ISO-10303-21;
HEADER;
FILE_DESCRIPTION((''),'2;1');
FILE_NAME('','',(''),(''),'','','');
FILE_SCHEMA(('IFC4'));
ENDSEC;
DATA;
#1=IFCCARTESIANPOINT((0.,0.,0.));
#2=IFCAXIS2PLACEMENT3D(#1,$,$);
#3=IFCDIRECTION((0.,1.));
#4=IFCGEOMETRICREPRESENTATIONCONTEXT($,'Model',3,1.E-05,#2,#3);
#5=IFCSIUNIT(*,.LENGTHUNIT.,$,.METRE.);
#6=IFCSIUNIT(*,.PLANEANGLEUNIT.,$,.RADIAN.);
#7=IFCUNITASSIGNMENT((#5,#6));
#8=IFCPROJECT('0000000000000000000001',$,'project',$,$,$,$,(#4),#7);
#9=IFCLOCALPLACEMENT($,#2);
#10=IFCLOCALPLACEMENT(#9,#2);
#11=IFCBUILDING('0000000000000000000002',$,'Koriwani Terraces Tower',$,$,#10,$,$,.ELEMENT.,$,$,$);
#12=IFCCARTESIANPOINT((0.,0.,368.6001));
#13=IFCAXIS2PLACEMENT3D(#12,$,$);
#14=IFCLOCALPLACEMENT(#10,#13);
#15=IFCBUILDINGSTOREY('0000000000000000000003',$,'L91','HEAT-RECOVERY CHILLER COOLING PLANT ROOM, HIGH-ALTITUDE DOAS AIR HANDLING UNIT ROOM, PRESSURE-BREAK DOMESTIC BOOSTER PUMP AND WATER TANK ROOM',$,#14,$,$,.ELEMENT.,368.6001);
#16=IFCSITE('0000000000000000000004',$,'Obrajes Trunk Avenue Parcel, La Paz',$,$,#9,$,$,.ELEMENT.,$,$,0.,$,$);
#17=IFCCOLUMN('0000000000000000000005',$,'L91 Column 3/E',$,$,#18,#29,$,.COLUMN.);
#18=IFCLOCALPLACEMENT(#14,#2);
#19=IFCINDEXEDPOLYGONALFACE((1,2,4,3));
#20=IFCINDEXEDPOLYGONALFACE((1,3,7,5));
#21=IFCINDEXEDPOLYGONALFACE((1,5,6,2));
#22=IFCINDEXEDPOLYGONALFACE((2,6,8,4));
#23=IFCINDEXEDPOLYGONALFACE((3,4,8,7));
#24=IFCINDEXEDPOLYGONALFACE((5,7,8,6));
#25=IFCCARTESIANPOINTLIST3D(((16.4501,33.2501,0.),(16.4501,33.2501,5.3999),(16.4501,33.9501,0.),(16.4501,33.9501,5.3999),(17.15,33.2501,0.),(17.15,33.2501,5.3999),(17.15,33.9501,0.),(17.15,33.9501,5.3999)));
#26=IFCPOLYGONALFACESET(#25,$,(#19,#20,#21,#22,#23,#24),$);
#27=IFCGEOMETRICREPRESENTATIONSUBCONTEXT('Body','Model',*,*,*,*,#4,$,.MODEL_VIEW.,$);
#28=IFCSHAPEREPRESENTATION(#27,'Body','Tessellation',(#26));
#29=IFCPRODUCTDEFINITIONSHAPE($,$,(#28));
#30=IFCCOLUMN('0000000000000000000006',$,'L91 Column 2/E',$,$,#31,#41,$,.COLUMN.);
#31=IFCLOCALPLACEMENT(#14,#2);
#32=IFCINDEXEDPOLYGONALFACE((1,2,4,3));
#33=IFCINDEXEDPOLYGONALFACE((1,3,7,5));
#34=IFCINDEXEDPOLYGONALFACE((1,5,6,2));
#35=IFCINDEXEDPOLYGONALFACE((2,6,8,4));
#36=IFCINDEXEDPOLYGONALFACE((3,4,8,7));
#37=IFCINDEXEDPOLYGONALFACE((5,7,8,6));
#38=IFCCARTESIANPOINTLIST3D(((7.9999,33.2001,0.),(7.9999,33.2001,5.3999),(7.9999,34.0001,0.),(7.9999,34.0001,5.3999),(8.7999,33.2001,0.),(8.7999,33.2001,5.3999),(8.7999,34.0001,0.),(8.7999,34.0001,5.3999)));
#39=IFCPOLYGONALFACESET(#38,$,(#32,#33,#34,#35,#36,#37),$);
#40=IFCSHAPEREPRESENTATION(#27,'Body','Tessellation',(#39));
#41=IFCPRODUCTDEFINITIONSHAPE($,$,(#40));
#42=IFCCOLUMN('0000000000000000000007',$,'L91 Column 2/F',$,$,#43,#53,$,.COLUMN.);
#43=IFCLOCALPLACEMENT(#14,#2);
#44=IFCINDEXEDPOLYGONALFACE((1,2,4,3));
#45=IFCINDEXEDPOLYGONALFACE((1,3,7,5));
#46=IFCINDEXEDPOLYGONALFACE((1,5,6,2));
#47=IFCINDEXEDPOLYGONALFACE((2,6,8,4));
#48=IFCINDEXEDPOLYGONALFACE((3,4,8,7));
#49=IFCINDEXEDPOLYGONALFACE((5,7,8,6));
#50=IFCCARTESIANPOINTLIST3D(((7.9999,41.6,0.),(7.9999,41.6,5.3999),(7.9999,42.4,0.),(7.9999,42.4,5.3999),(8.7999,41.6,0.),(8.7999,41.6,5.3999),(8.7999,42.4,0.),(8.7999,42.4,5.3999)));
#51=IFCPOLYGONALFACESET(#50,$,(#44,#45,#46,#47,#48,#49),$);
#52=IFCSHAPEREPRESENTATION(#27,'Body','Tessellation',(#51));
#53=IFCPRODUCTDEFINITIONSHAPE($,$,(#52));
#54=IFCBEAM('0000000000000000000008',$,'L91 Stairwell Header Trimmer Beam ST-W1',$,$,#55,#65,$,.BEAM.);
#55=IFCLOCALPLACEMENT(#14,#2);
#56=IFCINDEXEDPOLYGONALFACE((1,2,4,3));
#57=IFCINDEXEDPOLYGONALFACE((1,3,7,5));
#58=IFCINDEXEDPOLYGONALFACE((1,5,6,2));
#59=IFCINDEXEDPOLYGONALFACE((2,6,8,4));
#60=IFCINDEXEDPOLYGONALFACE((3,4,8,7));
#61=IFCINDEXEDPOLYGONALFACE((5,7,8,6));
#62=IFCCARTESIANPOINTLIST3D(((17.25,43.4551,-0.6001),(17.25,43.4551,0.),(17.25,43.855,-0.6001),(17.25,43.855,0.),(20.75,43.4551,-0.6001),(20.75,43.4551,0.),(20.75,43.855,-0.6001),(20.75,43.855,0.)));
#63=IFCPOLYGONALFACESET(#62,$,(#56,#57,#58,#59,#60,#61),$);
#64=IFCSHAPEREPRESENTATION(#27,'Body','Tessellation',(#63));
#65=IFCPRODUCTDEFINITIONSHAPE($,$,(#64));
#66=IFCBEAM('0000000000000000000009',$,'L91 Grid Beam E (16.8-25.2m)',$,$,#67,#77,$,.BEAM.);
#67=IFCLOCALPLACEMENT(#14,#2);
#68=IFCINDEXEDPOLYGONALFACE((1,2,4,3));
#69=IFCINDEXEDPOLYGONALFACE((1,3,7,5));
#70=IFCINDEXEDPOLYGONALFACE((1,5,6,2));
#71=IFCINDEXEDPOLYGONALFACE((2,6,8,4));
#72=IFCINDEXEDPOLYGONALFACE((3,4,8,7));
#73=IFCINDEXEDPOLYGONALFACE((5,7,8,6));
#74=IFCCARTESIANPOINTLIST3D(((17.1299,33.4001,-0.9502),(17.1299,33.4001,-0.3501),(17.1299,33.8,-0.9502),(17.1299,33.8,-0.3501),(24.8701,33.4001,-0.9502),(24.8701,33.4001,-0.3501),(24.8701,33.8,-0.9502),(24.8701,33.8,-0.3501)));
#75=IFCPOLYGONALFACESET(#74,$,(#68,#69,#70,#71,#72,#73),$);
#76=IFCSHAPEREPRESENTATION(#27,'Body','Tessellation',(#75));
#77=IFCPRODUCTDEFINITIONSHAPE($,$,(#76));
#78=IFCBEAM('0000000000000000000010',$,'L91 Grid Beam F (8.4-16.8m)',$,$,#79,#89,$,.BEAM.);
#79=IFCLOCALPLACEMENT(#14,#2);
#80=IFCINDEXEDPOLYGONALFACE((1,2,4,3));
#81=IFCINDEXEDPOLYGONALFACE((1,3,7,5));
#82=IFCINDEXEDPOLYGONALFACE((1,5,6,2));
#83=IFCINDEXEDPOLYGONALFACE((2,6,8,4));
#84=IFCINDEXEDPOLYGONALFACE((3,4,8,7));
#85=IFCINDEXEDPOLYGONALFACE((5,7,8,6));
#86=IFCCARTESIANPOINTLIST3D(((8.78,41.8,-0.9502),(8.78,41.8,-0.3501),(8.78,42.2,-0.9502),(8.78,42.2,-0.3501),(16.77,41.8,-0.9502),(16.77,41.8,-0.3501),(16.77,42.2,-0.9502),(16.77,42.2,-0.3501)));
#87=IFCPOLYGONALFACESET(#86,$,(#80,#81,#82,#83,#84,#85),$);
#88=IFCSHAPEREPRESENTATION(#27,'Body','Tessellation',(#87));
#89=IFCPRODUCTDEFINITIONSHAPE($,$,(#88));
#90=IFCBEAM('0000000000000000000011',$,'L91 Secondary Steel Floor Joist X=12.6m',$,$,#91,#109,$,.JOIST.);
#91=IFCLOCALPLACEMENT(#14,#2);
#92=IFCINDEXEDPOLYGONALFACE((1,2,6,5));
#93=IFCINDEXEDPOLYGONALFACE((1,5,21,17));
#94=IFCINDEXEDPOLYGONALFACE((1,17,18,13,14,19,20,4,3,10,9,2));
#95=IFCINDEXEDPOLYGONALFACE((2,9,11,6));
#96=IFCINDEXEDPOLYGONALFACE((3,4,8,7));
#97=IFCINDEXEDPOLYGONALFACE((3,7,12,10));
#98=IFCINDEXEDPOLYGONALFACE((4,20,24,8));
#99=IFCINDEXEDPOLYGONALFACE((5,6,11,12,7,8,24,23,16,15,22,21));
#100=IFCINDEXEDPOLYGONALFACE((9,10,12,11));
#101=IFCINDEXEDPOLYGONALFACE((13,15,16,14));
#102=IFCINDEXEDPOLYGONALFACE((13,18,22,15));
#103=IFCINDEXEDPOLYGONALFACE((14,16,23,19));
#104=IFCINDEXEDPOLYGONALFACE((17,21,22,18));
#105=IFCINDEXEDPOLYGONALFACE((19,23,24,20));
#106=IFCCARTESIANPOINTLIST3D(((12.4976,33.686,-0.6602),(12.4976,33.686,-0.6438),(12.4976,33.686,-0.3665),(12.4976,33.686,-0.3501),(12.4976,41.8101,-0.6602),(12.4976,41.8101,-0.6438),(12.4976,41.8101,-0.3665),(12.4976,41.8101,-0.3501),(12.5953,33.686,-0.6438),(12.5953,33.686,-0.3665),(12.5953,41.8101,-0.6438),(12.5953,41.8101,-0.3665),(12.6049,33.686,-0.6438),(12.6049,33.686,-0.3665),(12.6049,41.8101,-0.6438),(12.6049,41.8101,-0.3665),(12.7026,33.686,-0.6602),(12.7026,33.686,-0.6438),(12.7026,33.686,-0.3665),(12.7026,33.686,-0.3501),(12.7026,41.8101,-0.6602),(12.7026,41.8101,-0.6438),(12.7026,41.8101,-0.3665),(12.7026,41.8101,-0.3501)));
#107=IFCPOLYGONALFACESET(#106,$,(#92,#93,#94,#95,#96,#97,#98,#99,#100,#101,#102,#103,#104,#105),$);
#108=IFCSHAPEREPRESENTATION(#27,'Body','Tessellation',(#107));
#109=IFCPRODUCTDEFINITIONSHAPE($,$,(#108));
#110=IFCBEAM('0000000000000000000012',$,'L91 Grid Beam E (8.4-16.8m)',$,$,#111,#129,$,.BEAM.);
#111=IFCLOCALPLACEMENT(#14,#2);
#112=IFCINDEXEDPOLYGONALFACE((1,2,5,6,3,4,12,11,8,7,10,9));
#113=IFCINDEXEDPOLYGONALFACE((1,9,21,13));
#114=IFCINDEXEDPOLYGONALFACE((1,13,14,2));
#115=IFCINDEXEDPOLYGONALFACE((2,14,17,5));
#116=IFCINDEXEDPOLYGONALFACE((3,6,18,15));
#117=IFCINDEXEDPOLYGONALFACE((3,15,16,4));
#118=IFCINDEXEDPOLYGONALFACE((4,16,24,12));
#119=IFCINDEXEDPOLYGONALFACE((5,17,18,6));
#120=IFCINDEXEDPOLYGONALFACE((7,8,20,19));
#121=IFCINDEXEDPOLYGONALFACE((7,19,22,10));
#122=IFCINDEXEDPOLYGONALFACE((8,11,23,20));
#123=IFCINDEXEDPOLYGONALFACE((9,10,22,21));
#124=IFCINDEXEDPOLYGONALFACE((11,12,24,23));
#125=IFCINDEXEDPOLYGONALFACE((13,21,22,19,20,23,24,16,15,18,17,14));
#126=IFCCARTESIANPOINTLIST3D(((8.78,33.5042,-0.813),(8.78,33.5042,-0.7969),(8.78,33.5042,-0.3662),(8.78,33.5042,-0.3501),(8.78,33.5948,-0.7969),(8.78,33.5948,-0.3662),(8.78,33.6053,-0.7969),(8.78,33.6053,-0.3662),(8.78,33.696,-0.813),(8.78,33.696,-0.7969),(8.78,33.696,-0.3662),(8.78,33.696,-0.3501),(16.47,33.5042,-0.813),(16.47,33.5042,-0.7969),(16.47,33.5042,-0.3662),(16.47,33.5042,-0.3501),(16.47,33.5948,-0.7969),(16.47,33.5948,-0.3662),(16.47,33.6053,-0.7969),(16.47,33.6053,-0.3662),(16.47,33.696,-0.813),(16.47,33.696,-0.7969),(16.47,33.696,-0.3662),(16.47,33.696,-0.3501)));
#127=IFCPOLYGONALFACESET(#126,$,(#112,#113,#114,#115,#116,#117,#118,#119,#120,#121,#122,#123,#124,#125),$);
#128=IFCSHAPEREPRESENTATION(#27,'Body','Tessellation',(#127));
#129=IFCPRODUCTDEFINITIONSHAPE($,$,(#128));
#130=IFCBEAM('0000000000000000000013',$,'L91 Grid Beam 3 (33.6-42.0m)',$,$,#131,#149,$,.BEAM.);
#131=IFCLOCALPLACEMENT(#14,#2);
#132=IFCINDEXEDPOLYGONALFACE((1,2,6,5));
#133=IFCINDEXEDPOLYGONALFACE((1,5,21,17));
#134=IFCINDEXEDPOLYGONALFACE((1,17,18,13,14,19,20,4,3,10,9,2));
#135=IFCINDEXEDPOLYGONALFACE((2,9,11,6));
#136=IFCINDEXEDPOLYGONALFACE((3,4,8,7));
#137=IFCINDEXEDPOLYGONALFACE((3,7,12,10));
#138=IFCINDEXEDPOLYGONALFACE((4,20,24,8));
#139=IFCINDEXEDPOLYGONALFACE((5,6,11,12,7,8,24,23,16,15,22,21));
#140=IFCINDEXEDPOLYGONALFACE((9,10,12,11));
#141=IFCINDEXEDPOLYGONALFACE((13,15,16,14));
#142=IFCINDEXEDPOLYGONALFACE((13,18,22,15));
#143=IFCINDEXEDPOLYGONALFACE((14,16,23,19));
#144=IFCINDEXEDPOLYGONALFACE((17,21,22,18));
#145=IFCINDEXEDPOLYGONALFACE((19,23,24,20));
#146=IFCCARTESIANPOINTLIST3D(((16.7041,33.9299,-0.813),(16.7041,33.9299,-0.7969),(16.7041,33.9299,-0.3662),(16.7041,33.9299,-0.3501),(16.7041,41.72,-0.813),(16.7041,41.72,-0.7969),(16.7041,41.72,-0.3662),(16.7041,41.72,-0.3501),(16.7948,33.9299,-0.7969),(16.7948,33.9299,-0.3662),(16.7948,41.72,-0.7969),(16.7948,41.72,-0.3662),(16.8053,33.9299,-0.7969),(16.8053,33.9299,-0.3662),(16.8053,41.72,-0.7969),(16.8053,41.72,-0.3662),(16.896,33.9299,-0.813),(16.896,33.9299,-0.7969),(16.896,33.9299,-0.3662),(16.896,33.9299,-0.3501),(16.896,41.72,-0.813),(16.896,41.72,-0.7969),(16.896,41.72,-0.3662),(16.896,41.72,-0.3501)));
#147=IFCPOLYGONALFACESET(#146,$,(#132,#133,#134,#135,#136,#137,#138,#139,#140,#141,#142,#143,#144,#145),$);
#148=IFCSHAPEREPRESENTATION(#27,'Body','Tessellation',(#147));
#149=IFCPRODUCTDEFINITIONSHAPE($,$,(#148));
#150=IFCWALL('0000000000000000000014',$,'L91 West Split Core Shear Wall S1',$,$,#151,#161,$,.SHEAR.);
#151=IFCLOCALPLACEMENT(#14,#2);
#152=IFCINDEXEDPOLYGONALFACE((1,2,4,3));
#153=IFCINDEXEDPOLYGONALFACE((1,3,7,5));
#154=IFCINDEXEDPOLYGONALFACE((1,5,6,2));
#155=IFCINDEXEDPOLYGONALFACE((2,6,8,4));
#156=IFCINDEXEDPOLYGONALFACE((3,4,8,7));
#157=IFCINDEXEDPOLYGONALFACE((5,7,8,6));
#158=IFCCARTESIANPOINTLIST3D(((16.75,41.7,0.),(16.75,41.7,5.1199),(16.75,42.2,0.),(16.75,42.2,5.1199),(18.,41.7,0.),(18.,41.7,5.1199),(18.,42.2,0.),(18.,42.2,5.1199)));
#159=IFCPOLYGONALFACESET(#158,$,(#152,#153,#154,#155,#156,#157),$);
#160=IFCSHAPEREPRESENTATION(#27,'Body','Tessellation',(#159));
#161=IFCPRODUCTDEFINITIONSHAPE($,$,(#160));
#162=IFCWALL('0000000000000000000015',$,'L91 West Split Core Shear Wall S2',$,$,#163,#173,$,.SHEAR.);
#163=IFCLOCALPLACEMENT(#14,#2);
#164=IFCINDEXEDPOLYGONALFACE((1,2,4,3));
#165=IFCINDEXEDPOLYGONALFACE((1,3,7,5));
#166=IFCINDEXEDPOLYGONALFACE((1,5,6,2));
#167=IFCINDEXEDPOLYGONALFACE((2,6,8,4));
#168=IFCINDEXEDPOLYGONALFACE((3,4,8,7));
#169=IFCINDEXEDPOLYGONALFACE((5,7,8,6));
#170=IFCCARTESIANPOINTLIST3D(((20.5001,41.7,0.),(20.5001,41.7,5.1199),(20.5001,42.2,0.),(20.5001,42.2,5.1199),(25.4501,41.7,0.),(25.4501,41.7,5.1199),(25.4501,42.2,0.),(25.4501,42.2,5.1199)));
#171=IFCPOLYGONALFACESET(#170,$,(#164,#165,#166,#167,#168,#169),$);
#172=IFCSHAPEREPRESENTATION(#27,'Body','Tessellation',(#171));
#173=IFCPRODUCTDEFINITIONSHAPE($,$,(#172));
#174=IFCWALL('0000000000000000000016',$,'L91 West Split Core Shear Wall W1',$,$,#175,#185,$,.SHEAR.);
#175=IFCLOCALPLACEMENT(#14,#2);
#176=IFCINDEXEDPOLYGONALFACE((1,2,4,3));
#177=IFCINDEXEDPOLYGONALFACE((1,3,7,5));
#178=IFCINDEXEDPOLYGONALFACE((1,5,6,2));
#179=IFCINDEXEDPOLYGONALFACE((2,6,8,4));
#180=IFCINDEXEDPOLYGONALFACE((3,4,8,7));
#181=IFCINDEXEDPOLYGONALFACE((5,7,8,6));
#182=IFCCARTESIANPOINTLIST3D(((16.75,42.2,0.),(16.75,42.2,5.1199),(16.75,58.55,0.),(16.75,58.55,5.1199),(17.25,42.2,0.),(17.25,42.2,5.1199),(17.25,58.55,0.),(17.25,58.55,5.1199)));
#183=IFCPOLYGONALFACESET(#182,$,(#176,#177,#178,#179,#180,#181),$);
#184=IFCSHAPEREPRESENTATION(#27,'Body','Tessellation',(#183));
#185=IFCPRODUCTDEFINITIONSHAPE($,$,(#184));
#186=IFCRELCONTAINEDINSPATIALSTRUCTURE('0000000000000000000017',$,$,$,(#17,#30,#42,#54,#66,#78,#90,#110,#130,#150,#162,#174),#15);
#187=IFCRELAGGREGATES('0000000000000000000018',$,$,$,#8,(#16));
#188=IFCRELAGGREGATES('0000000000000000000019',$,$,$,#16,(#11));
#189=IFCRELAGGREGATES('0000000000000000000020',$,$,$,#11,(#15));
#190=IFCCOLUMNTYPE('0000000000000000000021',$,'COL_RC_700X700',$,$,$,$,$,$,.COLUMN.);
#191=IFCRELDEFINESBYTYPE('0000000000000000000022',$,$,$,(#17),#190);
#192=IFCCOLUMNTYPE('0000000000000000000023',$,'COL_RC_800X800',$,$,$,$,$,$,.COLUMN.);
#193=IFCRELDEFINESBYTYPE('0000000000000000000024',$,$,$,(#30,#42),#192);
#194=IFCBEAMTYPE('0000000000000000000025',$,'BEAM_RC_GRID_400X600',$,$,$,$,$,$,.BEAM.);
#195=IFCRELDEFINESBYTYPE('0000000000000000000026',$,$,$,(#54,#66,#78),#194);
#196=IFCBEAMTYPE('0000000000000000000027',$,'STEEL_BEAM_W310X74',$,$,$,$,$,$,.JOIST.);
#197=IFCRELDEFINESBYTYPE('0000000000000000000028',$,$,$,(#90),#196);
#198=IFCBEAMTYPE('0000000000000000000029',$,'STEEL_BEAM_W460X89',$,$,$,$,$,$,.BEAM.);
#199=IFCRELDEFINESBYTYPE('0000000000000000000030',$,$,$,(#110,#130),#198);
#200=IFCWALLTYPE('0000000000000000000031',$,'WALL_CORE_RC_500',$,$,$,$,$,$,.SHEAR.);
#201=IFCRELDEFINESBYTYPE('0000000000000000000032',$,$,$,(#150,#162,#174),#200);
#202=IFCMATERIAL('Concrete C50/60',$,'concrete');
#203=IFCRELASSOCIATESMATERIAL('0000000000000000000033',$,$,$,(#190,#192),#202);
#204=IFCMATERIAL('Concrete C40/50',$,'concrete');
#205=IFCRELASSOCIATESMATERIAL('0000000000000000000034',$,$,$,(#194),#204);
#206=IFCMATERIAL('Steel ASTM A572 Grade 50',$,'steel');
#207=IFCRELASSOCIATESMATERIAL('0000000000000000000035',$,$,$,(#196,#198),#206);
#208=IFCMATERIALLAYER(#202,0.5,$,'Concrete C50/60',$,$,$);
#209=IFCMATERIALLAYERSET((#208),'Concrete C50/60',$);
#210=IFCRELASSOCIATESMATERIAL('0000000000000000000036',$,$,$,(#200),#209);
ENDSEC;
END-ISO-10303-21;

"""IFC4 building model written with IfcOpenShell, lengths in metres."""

from ifc_helpers import new_model, si_unit, direction, frame, frame_2d, origin, origin_2d, place, context, subcontext, project, spatial, rectangle, i_section, extrude, material, layer, layer_set, material_profile, profile_set, type_object, element, save


model = new_model("IFC4")

# Units and contexts
model_context = context("Model", 3, precision=1e-05, world=origin(), true_north=direction((0.0, 1.0)))
body_context = subcontext(model_context, "Body", "Model", "MODEL_VIEW")
ifc_project = project(units=[si_unit("LENGTHUNIT", "METRE"), si_unit("PLANEANGLEUNIT", "RADIAN")], contexts=[model_context])

# Site, building, storey
site_placement = place(None, origin())
site = spatial("IfcSite", under=ifc_project, at=site_placement, Name="Obrajes Trunk Avenue Parcel, La Paz", CompositionType="ELEMENT", RefElevation=0.0)
building_placement = place(site_placement, origin())
building = spatial("IfcBuilding", under=site, at=building_placement, Name="Koriwani Terraces Tower", CompositionType="ELEMENT")
storey_placement = place(building_placement, frame((0.0, 0.0, 368.6001)))
storey = spatial("IfcBuildingStorey", under=building, at=storey_placement, Name="L91", Description="HEAT-RECOVERY CHILLER COOLING PLANT ROOM, HIGH-ALTITUDE DOAS AIR HANDLING UNIT ROOM, PRESSURE-BREAK DOMESTIC BOOSTER PUMP AND WATER TANK ROOM", CompositionType="ELEMENT", Elevation=368.6001)

# Columns
ifc_material_1 = material(Name="Concrete C50/60", Category="concrete")
ifc_material_profile_1 = material_profile(ifc_material_1, rectangle(XDim=0.7, YDim=0.7, at=origin_2d()), Name="Concrete C50/60", Category="LoadBearing")
ifc_profile_set_1 = profile_set([ifc_material_profile_1], Name="Concrete C50/60")
column_type_1 = type_object("IfcColumnType", Name="COL_RC_700X700", PredefinedType="COLUMN", material=ifc_profile_set_1)
column_placement = place(storey_placement, frame((16.8, 33.6001, 0.0), z_axis=(0.0, 0.0, 1.0), x_axis=(1.0, 0.0, 0.0)))
element("IfcColumn", 1, at=column_placement, inside=storey, type_object=column_type_1, Name="L91 Column 3/E", PredefinedType="COLUMN", context=body_context, shape_type="SweptSolid", body=[
    extrude(rectangle(XDim=0.7, YDim=0.7, at=origin_2d()), origin(), (0.0, 0.0, 1.0), 5.3999),
])
ifc_material_profile_2 = material_profile(ifc_material_1, rectangle(XDim=0.8, YDim=0.8, at=origin_2d()), Name="Concrete C50/60", Category="LoadBearing")
ifc_profile_set_2 = profile_set([ifc_material_profile_2], Name="Concrete C50/60")
column_type_2 = type_object("IfcColumnType", Name="COL_RC_800X800", PredefinedType="COLUMN", material=ifc_profile_set_2)
for number, where, z_axis, x_axis, name in (
    (2, (8.3999, 33.6001, 0.0), (0.0, 0.0, 1.0), (1.0, 0.0, 0.0), "L91 Column 2/E"),
    (3, (8.3999, 42.0, 0.0), (0.0, 0.0, 1.0), (1.0, 0.0, 0.0), "L91 Column 2/F"),
):
    element("IfcColumn", number, at=place(storey_placement, frame(where, z_axis=z_axis, x_axis=x_axis)), inside=storey, type_object=column_type_2, Name=name, PredefinedType="COLUMN", context=body_context, shape_type="SweptSolid", body=[
        extrude(rectangle(XDim=0.8, YDim=0.8, at=origin_2d()), origin(), (0.0, 0.0, 1.0), 5.3999),
    ])

# Beams
ifc_material_2 = material(Name="Concrete C40/50", Category="concrete")
ifc_material_profile_3 = material_profile(ifc_material_2, rectangle(XDim=0.3999, YDim=0.6001, at=origin_2d()), Name="Concrete C40/50", Category="LoadBearing")
ifc_profile_set_3 = profile_set([ifc_material_profile_3], Name="Concrete C40/50")
beam_type_1 = type_object("IfcBeamType", Name="BEAM_RC_GRID_400X600", PredefinedType="BEAM", material=ifc_profile_set_3)
beam_1_placement = place(storey_placement, frame((17.25, 43.655, -0.3), z_axis=(1.0, 0.0, 0.0), x_axis=(0.0, 1.0, 0.0)))
element("IfcBeam", 4, at=beam_1_placement, inside=storey, type_object=beam_type_1, Name="L91 Stairwell Header Trimmer Beam ST-W1", PredefinedType="BEAM", context=body_context, shape_type="SweptSolid", body=[
    extrude(rectangle(XDim=0.3999, YDim=0.6001, at=origin_2d()), origin(), (0.0, 0.0, 1.0), 3.5),
])
beam_2_placement = place(storey_placement, frame((17.1299, 33.6001, -0.6501), z_axis=(1.0, 0.0, 0.0), x_axis=(0.0, 1.0, 0.0)))
element("IfcBeam", 5, at=beam_2_placement, inside=storey, type_object=beam_type_1, Name="L91 Grid Beam E (16.8-25.2m)", PredefinedType="BEAM", context=body_context, shape_type="SweptSolid", body=[
    extrude(rectangle(XDim=0.3999, YDim=0.6001, at=origin_2d()), origin(), (0.0, 0.0, 1.0), 7.7402),
])
beam_3_placement = place(storey_placement, frame((8.78, 42.0, -0.6501), z_axis=(1.0, 0.0, 0.0), x_axis=(0.0, 1.0, 0.0)))
element("IfcBeam", 6, at=beam_3_placement, inside=storey, type_object=beam_type_1, Name="L91 Grid Beam F (8.4-16.8m)", PredefinedType="BEAM", context=body_context, shape_type="SweptSolid", body=[
    extrude(rectangle(XDim=0.3999, YDim=0.6001, at=origin_2d()), origin(), (0.0, 0.0, 1.0), 7.99),
])
ifc_material_3 = material(Name="Steel ASTM A572 Grade 50", Category="steel")
ifc_material_profile_4 = material_profile(ifc_material_3, i_section(OverallWidth=0.2051, OverallDepth=0.3101, WebThickness=0.0095, FlangeThickness=0.0164, at=origin_2d()), Name="Steel ASTM A572 Grade 50", Category="LoadBearing")
ifc_profile_set_4 = profile_set([ifc_material_profile_4], Name="Steel ASTM A572 Grade 50")
beam_type_2 = type_object("IfcBeamType", Name="STEEL_BEAM_W310X74", PredefinedType="JOIST", material=ifc_profile_set_4)
beam_4_placement = place(storey_placement, frame((12.6001, 33.686, -0.5051), z_axis=(0.0, 1.0, 0.0), x_axis=(-1.0, 0.0, 0.0)))
element("IfcBeam", 7, at=beam_4_placement, inside=storey, type_object=beam_type_2, Name="L91 Secondary Steel Floor Joist X=12.6m", PredefinedType="JOIST", context=body_context, shape_type="SweptSolid", body=[
    extrude(i_section(OverallWidth=0.2051, OverallDepth=0.3101, WebThickness=0.0095, FlangeThickness=0.0164, at=origin_2d()), origin(), (0.0, 0.0, 1.0), 8.124),
])
ifc_material_profile_5 = material_profile(ifc_material_3, i_section(OverallWidth=0.1919, OverallDepth=0.4629, WebThickness=0.0105, FlangeThickness=0.0161, at=origin_2d()), Name="Steel ASTM A572 Grade 50", Category="LoadBearing")
ifc_profile_set_5 = profile_set([ifc_material_profile_5], Name="Steel ASTM A572 Grade 50")
beam_type_3 = type_object("IfcBeamType", Name="STEEL_BEAM_W460X89", PredefinedType="BEAM", material=ifc_profile_set_5)
beam_5_placement = place(storey_placement, frame((8.78, 33.6001, -0.5815), z_axis=(1.0, 0.0, 0.0), x_axis=(0.0, 1.0, 0.0)))
element("IfcBeam", 8, at=beam_5_placement, inside=storey, type_object=beam_type_3, Name="L91 Grid Beam E (8.4-16.8m)", PredefinedType="BEAM", context=body_context, shape_type="SweptSolid", body=[
    extrude(i_section(OverallWidth=0.1919, OverallDepth=0.4629, WebThickness=0.0105, FlangeThickness=0.0161, at=origin_2d()), origin(), (0.0, 0.0, 1.0), 7.6899),
])
beam_6_placement = place(storey_placement, frame((16.8, 33.9299, -0.5815), z_axis=(0.0, 1.0, 0.0), x_axis=(-1.0, 0.0, 0.0)))
element("IfcBeam", 9, at=beam_6_placement, inside=storey, type_object=beam_type_3, Name="L91 Grid Beam 3 (33.6-42.0m)", PredefinedType="BEAM", context=body_context, shape_type="SweptSolid", body=[
    extrude(i_section(OverallWidth=0.1919, OverallDepth=0.4629, WebThickness=0.0105, FlangeThickness=0.0161, at=origin_2d()), origin(), (0.0, 0.0, 1.0), 7.79),
])

# Walls
ifc_layer_1 = layer(ifc_material_1, 0.5, Name="Concrete C50/60")
ifc_layer_set_1 = layer_set([ifc_layer_1], Name="Concrete C50/60")
wall_type_1 = type_object("IfcWallType", Name="WALL_CORE_RC_500", PredefinedType="SHEAR", material=ifc_layer_set_1)
wall_1_placement = place(storey_placement, frame((16.75, 41.95, 0.0), z_axis=(0.0, 0.0, 1.0), x_axis=(1.0, 0.0, 0.0)))
element("IfcWall", 10, at=wall_1_placement, inside=storey, type_object=wall_type_1, Name="L91 West Split Core Shear Wall S1", PredefinedType="SHEAR", context=body_context, shape_type="SweptSolid", body=[
    extrude(rectangle(XDim=1.25, YDim=0.5, at=frame_2d((0.625, 0.0))), origin(), (0.0, 0.0, 1.0), 5.1199),
])
wall_2_placement = place(storey_placement, frame((20.5, 41.95, 0.0), z_axis=(0.0, 0.0, 1.0), x_axis=(1.0, 0.0, 0.0)))
element("IfcWall", 11, at=wall_2_placement, inside=storey, type_object=wall_type_1, Name="L91 West Split Core Shear Wall S2", PredefinedType="SHEAR", context=body_context, shape_type="SweptSolid", body=[
    extrude(rectangle(XDim=4.95, YDim=0.5, at=frame_2d((2.4751, 0.0))), origin(), (0.0, 0.0, 1.0), 5.1199),
])
wall_3_placement = place(storey_placement, frame((17.0, 42.2, 0.0), z_axis=(0.0, 0.0, 1.0), x_axis=(0.0, 1.0, 0.0)))
element("IfcWall", 12, at=wall_3_placement, inside=storey, type_object=wall_type_1, Name="L91 West Split Core Shear Wall W1", PredefinedType="SHEAR", context=body_context, shape_type="SweptSolid", body=[
    extrude(rectangle(XDim=16.3501, YDim=0.5, at=frame_2d((8.175, 0.0))), origin(), (0.0, 0.0, 1.0), 5.1199),
])

save(model, "model.ifc")
